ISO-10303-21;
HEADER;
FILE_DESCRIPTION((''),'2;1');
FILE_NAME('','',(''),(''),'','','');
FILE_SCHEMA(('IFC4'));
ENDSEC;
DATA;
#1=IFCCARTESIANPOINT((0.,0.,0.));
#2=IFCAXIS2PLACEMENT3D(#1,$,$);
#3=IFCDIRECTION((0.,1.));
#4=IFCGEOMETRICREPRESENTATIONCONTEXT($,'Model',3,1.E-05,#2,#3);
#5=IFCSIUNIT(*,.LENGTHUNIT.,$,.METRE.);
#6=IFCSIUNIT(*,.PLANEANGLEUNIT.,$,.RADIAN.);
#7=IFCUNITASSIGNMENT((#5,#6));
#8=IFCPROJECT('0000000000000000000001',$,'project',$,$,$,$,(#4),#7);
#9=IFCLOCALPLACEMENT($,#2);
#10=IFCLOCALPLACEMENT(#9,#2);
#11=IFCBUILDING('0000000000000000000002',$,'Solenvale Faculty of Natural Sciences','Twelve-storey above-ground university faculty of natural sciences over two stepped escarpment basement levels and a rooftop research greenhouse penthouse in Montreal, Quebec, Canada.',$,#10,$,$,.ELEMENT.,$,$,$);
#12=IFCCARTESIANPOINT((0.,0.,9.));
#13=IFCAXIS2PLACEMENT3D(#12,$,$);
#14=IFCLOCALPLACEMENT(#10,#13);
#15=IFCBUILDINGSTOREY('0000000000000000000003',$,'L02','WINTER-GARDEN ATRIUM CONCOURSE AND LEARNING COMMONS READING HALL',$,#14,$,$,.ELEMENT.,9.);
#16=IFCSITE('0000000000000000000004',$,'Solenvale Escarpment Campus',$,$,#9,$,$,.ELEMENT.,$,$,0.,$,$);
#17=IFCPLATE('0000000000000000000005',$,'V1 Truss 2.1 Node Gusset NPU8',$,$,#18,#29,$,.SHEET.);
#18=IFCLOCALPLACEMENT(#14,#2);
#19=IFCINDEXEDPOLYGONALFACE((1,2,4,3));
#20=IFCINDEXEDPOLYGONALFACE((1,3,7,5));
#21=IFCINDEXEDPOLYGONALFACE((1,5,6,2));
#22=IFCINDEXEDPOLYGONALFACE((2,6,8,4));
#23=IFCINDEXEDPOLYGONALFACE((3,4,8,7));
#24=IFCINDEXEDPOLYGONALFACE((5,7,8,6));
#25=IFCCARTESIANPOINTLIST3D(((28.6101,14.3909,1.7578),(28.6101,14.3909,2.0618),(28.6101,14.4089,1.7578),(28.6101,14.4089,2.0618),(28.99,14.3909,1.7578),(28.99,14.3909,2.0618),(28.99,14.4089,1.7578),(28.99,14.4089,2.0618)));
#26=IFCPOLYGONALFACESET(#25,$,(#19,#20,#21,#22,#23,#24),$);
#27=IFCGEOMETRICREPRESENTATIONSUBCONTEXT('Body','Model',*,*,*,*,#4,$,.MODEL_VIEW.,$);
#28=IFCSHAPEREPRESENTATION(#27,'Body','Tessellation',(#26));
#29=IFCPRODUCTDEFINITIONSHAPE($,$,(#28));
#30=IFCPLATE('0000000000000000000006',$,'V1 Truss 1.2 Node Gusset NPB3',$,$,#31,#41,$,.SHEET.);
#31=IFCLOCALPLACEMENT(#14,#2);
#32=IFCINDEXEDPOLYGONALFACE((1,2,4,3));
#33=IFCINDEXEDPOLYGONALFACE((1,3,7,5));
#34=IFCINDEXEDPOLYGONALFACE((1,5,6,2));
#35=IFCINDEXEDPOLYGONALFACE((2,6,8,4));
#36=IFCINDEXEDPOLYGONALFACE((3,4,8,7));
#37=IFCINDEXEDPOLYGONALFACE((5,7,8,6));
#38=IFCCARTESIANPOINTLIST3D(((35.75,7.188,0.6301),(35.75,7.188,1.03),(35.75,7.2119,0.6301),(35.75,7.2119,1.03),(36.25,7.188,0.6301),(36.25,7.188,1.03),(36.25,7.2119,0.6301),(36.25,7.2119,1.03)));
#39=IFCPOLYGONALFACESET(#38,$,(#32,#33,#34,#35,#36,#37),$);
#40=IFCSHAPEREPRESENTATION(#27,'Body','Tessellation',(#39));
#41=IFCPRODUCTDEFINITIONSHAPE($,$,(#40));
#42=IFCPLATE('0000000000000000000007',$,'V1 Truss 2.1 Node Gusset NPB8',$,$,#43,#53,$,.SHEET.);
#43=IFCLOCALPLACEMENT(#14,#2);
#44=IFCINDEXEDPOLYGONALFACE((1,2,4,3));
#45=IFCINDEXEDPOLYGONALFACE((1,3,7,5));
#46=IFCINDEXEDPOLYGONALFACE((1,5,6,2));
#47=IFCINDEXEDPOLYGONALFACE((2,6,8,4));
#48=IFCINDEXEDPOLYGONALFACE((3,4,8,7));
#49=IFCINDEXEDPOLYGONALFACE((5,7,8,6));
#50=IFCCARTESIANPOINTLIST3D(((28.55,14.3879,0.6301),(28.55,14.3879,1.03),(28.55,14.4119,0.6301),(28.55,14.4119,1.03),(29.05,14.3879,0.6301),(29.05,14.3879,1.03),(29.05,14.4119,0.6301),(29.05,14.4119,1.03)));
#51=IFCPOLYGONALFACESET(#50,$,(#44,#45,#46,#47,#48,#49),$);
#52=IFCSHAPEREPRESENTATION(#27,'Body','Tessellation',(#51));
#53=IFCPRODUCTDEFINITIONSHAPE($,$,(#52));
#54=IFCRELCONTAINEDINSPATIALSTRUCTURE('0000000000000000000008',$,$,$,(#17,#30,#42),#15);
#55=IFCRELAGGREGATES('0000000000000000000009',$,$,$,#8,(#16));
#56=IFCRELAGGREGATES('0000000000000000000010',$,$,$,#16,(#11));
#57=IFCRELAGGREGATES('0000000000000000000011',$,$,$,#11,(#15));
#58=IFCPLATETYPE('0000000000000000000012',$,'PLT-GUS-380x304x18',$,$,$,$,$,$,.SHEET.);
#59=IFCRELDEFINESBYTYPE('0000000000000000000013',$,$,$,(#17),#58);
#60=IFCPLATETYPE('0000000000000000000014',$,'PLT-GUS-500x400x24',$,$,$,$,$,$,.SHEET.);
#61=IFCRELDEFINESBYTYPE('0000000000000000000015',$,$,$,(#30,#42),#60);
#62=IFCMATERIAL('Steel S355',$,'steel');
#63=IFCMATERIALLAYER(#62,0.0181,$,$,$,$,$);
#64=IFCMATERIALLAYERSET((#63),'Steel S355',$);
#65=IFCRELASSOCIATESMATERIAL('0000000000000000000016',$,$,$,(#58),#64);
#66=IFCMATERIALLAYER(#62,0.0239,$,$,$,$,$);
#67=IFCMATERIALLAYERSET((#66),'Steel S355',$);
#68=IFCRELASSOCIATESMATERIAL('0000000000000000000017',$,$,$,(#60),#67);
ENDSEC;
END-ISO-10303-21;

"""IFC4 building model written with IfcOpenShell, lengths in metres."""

from ifc_helpers import new_model, si_unit, direction, frame, origin, origin_2d, place, context, subcontext, project, spatial, rectangle, extrude, material, layer, layer_set, type_object, element, save


model = new_model("IFC4")

# Units and contexts
model_context = context("Model", 3, precision=1e-05, world=origin(), true_north=direction((0.0, 1.0)))
body_context = subcontext(model_context, "Body", "Model", "MODEL_VIEW")
ifc_project = project(units=[si_unit("LENGTHUNIT", "METRE"), si_unit("PLANEANGLEUNIT", "RADIAN")], contexts=[model_context])

# Site, building, storey
site_placement = place(None, origin())
site = spatial("IfcSite", under=ifc_project, at=site_placement, Name="Solenvale Escarpment Campus", CompositionType="ELEMENT", RefElevation=0.0)
building_placement = place(site_placement, origin())
building = spatial("IfcBuilding", under=site, at=building_placement, Name="Solenvale Faculty of Natural Sciences", Description="Twelve-storey above-ground university faculty of natural sciences over two stepped escarpment basement levels and a rooftop research greenhouse penthouse in Montreal, Quebec, Canada.", CompositionType="ELEMENT")
storey_placement = place(building_placement, frame((0.0, 0.0, 9.0)))
storey = spatial("IfcBuildingStorey", under=building, at=storey_placement, Name="L02", Description="WINTER-GARDEN ATRIUM CONCOURSE AND LEARNING COMMONS READING HALL", CompositionType="ELEMENT", Elevation=9.0)

# Shared definitions
ifc_material_1 = material(Name="Steel S355", Category="steel")

# Plates
ifc_layer_1 = layer(ifc_material_1, 0.0181)
ifc_layer_set_1 = layer_set([ifc_layer_1], Name="Steel S355")
plate_type_1 = type_object("IfcPlateType", Name="PLT-GUS-380x304x18", PredefinedType="SHEET", material=ifc_layer_set_1)
for number, where, z_axis, x_axis, name in (
    (1, (28.8, 14.3999, 1.7578), (0.0, 0.0, 1.0), (1.0, 0.0, 0.0), "V1 Truss 2.1 Node Gusset NPU8"),
):
    element("IfcPlate", number, at=place(storey_placement, frame(where, z_axis=z_axis, x_axis=x_axis)), inside=storey, type_object=plate_type_1, Name=name, PredefinedType="SHEET", context=body_context, shape_type="SweptSolid", body=[
        extrude(rectangle(XDim=0.3799, YDim=0.0181, at=origin_2d()), origin(), (0.0, 0.0, 1.0), 0.304),
    ])
ifc_layer_2 = layer(ifc_material_1, 0.0239)
ifc_layer_set_2 = layer_set([ifc_layer_2], Name="Steel S355")
plate_type_2 = type_object("IfcPlateType", Name="PLT-GUS-500x400x24", PredefinedType="SHEET", material=ifc_layer_set_2)
for number, where, z_axis, x_axis, name in (
    (2, (36.0, 7.2, 0.6301), (0.0, 0.0, 1.0), (1.0, 0.0, 0.0), "V1 Truss 1.2 Node Gusset NPB3"),
    (3, (28.8, 14.3999, 0.6301), (0.0, 0.0, 1.0), (1.0, 0.0, 0.0), "V1 Truss 2.1 Node Gusset NPB8"),
):
    element("IfcPlate", number, at=place(storey_placement, frame(where, z_axis=z_axis, x_axis=x_axis)), inside=storey, type_object=plate_type_2, Name=name, PredefinedType="SHEET", context=body_context, shape_type="SweptSolid", body=[
        extrude(rectangle(XDim=0.5, YDim=0.0239, at=origin_2d()), origin(), (0.0, 0.0, 1.0), 0.3999),
    ])

save(model, "model.ifc")
